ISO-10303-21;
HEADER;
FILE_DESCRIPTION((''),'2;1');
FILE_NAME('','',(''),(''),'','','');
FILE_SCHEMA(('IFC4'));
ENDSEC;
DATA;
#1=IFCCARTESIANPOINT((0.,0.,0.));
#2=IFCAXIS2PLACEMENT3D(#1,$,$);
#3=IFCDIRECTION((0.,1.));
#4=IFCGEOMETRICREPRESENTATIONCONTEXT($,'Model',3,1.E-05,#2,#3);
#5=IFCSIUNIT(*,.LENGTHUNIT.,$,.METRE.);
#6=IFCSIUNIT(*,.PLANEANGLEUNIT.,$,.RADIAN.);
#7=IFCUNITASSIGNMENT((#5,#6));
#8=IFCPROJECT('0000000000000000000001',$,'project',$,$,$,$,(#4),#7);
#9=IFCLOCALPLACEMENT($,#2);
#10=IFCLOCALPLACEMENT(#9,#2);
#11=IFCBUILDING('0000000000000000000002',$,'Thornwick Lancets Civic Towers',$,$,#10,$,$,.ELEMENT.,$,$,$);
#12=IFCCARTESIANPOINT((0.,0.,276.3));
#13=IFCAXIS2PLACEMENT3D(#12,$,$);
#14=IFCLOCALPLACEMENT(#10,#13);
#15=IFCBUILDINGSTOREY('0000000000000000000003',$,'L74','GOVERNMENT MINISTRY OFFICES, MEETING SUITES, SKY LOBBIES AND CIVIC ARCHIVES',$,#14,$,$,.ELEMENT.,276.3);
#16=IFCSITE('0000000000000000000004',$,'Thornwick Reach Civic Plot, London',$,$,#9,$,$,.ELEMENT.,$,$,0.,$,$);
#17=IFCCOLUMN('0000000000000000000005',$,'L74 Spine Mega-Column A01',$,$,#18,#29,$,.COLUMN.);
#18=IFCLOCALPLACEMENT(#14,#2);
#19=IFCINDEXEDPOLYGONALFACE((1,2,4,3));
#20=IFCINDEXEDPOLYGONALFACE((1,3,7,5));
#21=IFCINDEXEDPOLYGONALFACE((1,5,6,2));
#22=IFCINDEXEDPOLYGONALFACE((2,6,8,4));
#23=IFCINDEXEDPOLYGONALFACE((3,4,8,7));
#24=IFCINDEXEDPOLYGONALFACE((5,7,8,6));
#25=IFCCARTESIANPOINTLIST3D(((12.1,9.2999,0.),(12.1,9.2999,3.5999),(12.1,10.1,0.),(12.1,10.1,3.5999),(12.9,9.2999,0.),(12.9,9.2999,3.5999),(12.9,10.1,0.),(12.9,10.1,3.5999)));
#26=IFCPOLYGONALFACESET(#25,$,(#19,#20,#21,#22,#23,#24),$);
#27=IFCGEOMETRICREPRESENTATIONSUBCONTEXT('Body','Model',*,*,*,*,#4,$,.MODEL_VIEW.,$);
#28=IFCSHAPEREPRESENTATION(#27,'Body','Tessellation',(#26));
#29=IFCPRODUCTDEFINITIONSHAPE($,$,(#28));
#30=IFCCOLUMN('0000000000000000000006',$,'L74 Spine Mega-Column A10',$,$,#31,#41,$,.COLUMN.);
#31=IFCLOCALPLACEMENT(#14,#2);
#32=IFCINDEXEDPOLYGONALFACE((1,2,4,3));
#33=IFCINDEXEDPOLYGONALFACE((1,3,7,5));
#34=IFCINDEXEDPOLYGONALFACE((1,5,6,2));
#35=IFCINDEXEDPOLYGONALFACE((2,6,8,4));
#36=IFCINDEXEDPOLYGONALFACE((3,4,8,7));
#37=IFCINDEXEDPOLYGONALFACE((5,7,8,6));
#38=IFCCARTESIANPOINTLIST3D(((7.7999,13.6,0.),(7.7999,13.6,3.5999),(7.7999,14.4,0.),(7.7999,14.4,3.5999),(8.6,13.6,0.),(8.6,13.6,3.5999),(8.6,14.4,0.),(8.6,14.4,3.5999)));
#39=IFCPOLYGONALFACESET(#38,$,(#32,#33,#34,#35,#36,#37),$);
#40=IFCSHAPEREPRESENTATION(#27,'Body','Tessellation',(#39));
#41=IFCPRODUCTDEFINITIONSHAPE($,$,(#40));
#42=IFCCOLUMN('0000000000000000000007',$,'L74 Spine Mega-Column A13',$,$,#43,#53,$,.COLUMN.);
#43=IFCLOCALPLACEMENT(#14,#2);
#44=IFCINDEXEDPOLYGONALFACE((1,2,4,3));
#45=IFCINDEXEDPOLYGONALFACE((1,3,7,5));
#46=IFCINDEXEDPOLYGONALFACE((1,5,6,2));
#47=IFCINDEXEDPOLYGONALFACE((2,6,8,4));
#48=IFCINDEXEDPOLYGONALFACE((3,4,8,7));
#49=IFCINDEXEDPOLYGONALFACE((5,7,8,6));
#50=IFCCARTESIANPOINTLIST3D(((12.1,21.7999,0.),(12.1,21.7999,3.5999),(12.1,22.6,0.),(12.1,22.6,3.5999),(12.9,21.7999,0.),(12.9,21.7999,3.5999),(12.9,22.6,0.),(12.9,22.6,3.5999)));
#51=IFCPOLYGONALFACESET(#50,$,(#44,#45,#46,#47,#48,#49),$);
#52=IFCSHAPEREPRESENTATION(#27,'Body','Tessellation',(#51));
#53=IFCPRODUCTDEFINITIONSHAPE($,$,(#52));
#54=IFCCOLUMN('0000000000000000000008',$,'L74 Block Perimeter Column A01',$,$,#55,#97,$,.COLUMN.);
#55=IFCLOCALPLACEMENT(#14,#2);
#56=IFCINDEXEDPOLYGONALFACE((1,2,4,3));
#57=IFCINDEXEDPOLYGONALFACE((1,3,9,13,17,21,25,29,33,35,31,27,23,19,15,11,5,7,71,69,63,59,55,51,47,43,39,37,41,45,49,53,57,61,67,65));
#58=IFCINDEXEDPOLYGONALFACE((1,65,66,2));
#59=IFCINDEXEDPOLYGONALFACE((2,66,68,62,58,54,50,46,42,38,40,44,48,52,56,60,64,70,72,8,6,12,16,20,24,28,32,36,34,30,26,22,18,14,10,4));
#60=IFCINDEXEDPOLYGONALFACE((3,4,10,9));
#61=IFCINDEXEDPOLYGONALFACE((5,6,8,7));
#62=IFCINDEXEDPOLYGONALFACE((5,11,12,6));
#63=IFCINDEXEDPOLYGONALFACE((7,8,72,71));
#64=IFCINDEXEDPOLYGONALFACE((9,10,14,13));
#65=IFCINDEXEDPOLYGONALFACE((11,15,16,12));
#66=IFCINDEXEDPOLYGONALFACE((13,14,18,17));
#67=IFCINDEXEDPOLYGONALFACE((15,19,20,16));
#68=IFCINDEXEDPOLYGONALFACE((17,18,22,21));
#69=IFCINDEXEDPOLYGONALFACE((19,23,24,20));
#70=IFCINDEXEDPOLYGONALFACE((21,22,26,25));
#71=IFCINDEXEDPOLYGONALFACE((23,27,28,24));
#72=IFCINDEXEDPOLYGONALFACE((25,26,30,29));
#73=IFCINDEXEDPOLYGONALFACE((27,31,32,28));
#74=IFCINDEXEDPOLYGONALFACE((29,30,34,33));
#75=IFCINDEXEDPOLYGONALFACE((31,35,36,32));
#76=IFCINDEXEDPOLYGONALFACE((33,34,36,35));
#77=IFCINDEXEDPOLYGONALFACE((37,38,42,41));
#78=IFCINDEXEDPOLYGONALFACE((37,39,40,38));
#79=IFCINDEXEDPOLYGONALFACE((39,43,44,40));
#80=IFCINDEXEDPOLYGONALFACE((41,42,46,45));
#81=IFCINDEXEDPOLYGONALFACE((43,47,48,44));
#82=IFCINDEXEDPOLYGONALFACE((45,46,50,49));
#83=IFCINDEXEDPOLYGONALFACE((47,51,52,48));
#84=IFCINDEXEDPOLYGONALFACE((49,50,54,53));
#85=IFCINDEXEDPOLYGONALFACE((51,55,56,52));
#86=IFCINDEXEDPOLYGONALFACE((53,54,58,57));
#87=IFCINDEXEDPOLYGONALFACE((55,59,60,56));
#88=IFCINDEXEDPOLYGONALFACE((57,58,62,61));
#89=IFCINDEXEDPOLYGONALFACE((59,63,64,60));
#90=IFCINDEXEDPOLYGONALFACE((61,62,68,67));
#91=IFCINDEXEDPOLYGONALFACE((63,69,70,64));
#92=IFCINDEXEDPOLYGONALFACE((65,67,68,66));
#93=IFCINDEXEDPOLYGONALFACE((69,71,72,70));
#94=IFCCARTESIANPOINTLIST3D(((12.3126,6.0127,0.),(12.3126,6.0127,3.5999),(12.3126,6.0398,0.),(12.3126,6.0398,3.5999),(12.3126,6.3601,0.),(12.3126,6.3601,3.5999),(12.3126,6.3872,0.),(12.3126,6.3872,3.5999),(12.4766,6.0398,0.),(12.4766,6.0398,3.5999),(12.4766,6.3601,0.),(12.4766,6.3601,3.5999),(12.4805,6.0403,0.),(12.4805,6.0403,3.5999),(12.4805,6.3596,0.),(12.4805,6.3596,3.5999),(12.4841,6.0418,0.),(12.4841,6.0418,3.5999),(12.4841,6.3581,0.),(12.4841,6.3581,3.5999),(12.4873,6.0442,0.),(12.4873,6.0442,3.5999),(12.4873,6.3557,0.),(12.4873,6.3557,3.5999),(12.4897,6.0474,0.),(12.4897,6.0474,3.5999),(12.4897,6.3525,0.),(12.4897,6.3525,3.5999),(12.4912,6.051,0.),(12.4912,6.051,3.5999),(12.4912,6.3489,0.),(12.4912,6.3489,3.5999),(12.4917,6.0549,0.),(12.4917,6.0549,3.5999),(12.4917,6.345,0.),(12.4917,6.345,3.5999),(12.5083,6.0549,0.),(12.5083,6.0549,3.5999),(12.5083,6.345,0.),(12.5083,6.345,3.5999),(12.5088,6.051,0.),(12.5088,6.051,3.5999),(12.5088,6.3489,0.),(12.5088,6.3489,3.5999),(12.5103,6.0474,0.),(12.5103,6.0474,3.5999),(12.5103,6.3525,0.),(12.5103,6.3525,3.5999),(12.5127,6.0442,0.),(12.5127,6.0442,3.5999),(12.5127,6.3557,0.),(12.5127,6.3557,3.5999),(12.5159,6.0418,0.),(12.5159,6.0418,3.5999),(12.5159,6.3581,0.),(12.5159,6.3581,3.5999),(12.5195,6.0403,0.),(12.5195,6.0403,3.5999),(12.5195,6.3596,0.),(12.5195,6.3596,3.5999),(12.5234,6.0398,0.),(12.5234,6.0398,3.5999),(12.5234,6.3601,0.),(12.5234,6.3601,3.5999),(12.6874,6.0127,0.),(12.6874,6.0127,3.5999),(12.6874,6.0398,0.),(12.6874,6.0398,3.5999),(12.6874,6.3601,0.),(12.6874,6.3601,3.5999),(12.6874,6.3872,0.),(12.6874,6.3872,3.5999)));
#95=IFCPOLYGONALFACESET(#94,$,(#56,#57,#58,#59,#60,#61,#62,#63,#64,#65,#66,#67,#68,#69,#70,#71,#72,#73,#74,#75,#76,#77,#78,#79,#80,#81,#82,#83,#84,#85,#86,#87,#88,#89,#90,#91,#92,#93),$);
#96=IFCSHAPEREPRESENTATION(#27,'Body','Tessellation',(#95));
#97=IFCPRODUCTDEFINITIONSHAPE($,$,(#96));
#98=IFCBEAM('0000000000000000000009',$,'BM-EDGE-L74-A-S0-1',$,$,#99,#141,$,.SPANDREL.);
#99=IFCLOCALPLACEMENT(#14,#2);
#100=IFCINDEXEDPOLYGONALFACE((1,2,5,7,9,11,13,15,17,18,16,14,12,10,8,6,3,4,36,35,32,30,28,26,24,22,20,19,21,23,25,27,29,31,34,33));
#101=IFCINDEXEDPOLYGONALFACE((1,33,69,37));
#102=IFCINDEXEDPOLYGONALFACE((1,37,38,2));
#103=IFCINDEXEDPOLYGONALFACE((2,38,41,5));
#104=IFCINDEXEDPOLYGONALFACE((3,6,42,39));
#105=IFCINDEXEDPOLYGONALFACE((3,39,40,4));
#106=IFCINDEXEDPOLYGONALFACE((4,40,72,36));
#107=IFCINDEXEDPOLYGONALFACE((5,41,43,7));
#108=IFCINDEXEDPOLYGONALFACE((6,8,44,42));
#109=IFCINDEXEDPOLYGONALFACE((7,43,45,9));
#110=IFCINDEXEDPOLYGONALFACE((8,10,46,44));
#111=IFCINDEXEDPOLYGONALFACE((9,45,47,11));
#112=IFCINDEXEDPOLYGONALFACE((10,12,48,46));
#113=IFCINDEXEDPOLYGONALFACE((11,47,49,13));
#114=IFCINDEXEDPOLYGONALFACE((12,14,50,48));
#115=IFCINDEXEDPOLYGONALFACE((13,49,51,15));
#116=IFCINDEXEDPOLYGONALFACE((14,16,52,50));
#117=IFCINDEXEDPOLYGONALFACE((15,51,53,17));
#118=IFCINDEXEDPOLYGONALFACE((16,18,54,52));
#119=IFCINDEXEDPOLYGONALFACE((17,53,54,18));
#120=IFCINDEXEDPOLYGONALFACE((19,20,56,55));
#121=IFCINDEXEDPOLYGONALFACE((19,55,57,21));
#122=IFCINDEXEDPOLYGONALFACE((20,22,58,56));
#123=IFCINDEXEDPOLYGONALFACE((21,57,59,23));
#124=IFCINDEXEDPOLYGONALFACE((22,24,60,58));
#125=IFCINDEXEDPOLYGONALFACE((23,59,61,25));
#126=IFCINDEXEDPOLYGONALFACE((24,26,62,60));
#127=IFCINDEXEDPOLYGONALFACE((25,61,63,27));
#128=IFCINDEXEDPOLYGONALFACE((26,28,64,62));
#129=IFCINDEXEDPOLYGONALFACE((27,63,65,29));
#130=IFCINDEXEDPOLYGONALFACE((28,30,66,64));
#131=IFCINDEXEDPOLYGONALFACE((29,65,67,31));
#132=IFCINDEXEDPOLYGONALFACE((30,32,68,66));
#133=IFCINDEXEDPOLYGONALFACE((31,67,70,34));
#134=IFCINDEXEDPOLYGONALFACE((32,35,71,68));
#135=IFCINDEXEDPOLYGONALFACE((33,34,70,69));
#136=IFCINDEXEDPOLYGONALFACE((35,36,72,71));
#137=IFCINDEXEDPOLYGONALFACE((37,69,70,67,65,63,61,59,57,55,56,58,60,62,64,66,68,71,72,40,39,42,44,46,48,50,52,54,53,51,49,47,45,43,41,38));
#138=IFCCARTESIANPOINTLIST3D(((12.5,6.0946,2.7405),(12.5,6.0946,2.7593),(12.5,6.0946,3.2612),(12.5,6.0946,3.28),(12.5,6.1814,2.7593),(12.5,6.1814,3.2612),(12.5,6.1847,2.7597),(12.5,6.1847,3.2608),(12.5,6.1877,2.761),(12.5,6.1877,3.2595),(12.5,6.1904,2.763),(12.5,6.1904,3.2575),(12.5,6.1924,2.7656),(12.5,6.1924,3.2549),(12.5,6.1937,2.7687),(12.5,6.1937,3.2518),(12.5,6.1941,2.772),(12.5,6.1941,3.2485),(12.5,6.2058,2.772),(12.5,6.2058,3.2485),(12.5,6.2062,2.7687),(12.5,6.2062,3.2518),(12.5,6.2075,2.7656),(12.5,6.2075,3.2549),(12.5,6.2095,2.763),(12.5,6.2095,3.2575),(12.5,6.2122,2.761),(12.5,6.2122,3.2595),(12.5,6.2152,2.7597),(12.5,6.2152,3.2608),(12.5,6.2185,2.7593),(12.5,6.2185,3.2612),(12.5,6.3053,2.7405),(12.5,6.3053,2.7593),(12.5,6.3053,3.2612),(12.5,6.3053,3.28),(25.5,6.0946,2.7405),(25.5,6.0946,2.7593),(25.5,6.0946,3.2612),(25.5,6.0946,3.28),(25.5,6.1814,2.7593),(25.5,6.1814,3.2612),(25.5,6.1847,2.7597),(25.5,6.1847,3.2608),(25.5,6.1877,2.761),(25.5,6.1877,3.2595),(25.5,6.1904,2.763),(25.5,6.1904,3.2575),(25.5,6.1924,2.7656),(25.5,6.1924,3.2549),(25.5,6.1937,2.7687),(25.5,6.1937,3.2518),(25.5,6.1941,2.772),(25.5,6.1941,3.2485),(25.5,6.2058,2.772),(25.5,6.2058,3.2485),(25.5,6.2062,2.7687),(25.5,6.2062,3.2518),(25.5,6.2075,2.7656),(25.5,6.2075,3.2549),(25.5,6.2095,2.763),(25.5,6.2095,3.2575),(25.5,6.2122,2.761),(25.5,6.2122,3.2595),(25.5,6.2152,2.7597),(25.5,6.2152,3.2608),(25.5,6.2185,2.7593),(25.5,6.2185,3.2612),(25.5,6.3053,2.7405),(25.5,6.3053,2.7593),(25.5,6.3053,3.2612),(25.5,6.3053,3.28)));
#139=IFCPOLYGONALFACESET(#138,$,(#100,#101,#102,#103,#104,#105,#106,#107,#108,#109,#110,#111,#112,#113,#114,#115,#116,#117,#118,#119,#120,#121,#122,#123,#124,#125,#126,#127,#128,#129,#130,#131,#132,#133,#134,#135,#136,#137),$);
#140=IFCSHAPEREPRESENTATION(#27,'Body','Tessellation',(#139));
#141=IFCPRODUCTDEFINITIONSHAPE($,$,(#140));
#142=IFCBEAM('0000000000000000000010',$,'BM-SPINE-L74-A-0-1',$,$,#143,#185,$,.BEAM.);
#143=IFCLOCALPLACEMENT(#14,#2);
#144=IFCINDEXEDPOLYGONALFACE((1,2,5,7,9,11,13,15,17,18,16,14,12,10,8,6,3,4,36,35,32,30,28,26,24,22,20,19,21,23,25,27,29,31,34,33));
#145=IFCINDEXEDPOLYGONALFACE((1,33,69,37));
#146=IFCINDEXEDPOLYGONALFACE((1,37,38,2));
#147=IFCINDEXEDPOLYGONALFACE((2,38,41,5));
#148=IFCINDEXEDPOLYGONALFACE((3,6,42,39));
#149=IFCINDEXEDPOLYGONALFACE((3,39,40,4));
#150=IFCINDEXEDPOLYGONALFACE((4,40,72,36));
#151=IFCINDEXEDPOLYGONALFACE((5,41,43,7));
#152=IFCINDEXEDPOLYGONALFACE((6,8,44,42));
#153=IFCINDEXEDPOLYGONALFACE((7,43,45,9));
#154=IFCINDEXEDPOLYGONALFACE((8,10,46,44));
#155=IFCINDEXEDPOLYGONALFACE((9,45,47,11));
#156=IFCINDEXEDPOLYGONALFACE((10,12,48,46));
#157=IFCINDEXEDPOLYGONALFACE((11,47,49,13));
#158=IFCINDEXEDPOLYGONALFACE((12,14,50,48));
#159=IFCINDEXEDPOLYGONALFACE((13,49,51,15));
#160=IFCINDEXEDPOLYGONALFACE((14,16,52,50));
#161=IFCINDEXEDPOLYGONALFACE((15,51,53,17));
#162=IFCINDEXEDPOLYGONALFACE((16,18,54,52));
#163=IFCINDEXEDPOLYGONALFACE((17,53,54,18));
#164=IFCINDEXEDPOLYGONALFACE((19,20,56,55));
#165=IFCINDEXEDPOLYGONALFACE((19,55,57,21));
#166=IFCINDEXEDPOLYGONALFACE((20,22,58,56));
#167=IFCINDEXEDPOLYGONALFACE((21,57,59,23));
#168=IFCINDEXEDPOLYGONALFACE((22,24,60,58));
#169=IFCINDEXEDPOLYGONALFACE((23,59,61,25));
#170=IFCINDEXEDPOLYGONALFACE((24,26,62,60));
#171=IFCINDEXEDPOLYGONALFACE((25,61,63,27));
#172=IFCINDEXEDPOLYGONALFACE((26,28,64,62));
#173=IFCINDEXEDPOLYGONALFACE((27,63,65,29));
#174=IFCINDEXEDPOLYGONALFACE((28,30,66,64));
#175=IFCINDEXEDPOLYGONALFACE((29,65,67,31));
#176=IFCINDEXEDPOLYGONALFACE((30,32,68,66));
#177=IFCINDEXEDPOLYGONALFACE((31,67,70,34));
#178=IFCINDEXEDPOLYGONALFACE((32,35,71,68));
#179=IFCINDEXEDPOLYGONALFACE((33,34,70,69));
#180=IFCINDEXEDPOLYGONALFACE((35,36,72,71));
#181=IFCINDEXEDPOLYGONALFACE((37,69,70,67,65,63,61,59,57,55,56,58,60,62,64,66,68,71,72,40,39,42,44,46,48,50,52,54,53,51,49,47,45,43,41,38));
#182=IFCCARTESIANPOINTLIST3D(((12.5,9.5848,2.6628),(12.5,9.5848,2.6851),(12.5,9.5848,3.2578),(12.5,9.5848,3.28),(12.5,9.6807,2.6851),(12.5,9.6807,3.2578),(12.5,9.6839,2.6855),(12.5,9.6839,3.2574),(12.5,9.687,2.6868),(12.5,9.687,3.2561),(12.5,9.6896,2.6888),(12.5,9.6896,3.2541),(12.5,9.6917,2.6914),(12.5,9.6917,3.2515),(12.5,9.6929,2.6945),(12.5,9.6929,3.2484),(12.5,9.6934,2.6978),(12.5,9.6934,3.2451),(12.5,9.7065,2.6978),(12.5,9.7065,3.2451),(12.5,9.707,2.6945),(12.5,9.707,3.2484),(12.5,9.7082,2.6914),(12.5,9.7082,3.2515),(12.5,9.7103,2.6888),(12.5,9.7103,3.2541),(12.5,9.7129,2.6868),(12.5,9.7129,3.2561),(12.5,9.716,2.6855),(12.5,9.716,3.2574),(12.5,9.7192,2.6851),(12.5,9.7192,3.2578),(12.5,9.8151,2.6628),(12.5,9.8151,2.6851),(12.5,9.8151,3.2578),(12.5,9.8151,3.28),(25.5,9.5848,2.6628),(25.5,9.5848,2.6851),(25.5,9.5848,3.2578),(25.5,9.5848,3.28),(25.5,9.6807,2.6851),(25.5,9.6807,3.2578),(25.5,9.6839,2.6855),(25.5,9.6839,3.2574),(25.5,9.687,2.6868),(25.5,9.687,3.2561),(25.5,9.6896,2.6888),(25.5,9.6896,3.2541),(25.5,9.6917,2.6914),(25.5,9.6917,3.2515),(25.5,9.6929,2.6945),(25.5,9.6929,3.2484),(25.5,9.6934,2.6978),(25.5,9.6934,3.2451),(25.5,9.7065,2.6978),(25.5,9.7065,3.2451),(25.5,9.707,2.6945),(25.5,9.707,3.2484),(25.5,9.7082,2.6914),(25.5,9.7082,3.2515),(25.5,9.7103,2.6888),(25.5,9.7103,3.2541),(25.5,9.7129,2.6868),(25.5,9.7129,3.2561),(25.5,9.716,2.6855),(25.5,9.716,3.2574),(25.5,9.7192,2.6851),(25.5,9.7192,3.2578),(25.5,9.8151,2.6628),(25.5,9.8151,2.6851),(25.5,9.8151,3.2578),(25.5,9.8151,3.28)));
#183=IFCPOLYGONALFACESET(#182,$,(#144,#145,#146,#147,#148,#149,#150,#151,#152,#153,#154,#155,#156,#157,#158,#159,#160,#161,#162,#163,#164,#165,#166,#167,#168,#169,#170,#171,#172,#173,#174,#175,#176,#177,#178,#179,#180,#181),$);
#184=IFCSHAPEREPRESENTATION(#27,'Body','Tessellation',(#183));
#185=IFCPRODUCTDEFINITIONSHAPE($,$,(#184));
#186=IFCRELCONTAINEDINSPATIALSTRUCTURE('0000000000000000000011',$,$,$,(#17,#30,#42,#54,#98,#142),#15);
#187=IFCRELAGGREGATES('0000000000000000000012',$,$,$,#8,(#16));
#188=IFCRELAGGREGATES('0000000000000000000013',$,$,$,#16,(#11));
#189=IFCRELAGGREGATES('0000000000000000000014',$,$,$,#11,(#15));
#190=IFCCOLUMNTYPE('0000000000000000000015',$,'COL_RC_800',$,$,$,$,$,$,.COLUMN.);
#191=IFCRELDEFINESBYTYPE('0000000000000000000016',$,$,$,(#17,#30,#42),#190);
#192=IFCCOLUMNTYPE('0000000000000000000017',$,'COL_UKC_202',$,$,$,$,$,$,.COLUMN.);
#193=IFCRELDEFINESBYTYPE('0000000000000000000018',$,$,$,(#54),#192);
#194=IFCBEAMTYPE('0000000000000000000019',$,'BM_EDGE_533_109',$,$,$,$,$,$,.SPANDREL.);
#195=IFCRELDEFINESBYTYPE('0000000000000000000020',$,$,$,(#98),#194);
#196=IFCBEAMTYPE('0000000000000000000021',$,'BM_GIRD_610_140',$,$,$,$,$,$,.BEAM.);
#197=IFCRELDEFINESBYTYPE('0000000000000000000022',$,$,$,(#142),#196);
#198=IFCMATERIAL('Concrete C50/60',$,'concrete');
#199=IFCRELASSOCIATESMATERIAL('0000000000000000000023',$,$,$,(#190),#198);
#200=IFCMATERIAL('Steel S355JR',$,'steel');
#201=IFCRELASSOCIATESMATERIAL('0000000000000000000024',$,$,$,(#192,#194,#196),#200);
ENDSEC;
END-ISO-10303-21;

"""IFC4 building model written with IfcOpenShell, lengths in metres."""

from ifc_helpers import new_model, si_unit, direction, frame, origin, origin_2d, place, context, subcontext, project, spatial, rectangle, i_section, extrude, material, material_profile, profile_set, type_object, element, save


model = new_model("IFC4")

# Units and contexts
model_context = context("Model", 3, precision=1e-05, world=origin(), true_north=direction((0.0, 1.0)))
body_context = subcontext(model_context, "Body", "Model", "MODEL_VIEW")
ifc_project = project(units=[si_unit("LENGTHUNIT", "METRE"), si_unit("PLANEANGLEUNIT", "RADIAN")], contexts=[model_context])

# Site, building, storey
site_placement = place(None, origin())
site = spatial("IfcSite", under=ifc_project, at=site_placement, Name="Thornwick Reach Civic Plot, London", CompositionType="ELEMENT", RefElevation=0.0)
building_placement = place(site_placement, origin())
building = spatial("IfcBuilding", under=site, at=building_placement, Name="Thornwick Lancets Civic Towers", CompositionType="ELEMENT")
storey_placement = place(building_placement, frame((0.0, 0.0, 276.3)))
storey = spatial("IfcBuildingStorey", under=building, at=storey_placement, Name="L74", Description="GOVERNMENT MINISTRY OFFICES, MEETING SUITES, SKY LOBBIES AND CIVIC ARCHIVES", CompositionType="ELEMENT", Elevation=276.3)

# Columns
ifc_material_1 = material(Name="Concrete C50/60", Category="concrete")
ifc_material_profile_1 = material_profile(ifc_material_1, rectangle(XDim=0.8, YDim=0.8, at=origin_2d()), Name="RC 800x800")
ifc_profile_set_1 = profile_set([ifc_material_profile_1], Name="Concrete C50/60")
column_type_1 = type_object("IfcColumnType", Name="COL_RC_800", PredefinedType="COLUMN", material=ifc_profile_set_1)
for number, where, z_axis, x_axis, name in (
    (1, (12.5, 9.7, 0.0), (0.0, 0.0, 1.0), (1.0, 0.0, 0.0), "L74 Spine Mega-Column A01"),
    (2, (8.2, 14.0, 0.0), (0.0, 0.0, 1.0), (1.0, 0.0, 0.0), "L74 Spine Mega-Column A10"),
    (3, (12.5, 22.2, 0.0), (0.0, 0.0, 1.0), (1.0, 0.0, 0.0), "L74 Spine Mega-Column A13"),
):
    element("IfcColumn", number, at=place(storey_placement, frame(where, z_axis=z_axis, x_axis=x_axis)), inside=storey, type_object=column_type_1, Name=name, PredefinedType="COLUMN", context=body_context, shape_type="SweptSolid", body=[
        extrude(rectangle(XDim=0.8, YDim=0.8, at=origin_2d()), origin(), (0.0, 0.0, 1.0), 3.5999),
    ])
ifc_material_2 = material(Name="Steel S355JR", Category="steel")
ifc_material_profile_2 = material_profile(ifc_material_2, i_section(OverallWidth=0.3748, OverallDepth=0.3745, WebThickness=0.0166, FlangeThickness=0.0271, FilletRadius=0.0151, at=origin_2d()), Name="UKC 356x368x202")
ifc_profile_set_2 = profile_set([ifc_material_profile_2], Name="Steel S355JR")
column_type_2 = type_object("IfcColumnType", Name="COL_UKC_202", PredefinedType="COLUMN", material=ifc_profile_set_2)
column_placement = place(storey_placement, frame((12.5, 6.2, 0.0), z_axis=(0.0, 0.0, 1.0), x_axis=(1.0, 0.0, 0.0)))
element("IfcColumn", 4, at=column_placement, inside=storey, type_object=column_type_2, Name="L74 Block Perimeter Column A01", PredefinedType="COLUMN", context=body_context, shape_type="SweptSolid", body=[
    extrude(i_section(OverallWidth=0.3748, OverallDepth=0.3745, WebThickness=0.0166, FlangeThickness=0.0271, FilletRadius=0.0151, at=origin_2d()), origin(), (0.0, 0.0, 1.0), 3.5999),
])

# Beams
ifc_material_profile_3 = material_profile(ifc_material_2, i_section(OverallWidth=0.2107, OverallDepth=0.5396, WebThickness=0.0117, FlangeThickness=0.0188, FilletRadius=0.0127, at=origin_2d()), Name="UKB 533x210x109")
ifc_profile_set_3 = profile_set([ifc_material_profile_3], Name="Steel S355JR")
beam_type_1 = type_object("IfcBeamType", Name="BM_EDGE_533_109", PredefinedType="SPANDREL", material=ifc_profile_set_3)
beam_1_placement = place(storey_placement, frame((12.5, 6.2, 3.0103), z_axis=(1.0, 0.0, 0.0), x_axis=(0.0, 1.0, 0.0)))
element("IfcBeam", 5, at=beam_1_placement, inside=storey, type_object=beam_type_1, Name="BM-EDGE-L74-A-S0-1", PredefinedType="SPANDREL", context=body_context, shape_type="SweptSolid", body=[
    extrude(i_section(OverallWidth=0.2107, OverallDepth=0.5396, WebThickness=0.0117, FlangeThickness=0.0188, FilletRadius=0.0127, at=origin_2d()), origin(), (0.0, 0.0, 1.0), 13.0),
])
ifc_material_profile_4 = material_profile(ifc_material_2, i_section(OverallWidth=0.2302, OverallDepth=0.6172, WebThickness=0.0132, FlangeThickness=0.0222, FilletRadius=0.0127, at=origin_2d()), Name="UKB 610x229x140")
ifc_profile_set_4 = profile_set([ifc_material_profile_4], Name="Steel S355JR")
beam_type_2 = type_object("IfcBeamType", Name="BM_GIRD_610_140", PredefinedType="BEAM", material=ifc_profile_set_4)
for number, where, z_axis, x_axis, name in (
    (6, (12.5, 9.7, 2.9714), (1.0, 0.0, 0.0), (0.0, 1.0, 0.0), "BM-SPINE-L74-A-0-1"),
):
    element("IfcBeam", number, at=place(storey_placement, frame(where, z_axis=z_axis, x_axis=x_axis)), inside=storey, type_object=beam_type_2, Name=name, PredefinedType="BEAM", context=body_context, shape_type="SweptSolid", body=[
        extrude(i_section(OverallWidth=0.2302, OverallDepth=0.6172, WebThickness=0.0132, FlangeThickness=0.0222, FilletRadius=0.0127, at=origin_2d()), origin(), (0.0, 0.0, 1.0), 13.0),
    ])

save(model, "model.ifc")
